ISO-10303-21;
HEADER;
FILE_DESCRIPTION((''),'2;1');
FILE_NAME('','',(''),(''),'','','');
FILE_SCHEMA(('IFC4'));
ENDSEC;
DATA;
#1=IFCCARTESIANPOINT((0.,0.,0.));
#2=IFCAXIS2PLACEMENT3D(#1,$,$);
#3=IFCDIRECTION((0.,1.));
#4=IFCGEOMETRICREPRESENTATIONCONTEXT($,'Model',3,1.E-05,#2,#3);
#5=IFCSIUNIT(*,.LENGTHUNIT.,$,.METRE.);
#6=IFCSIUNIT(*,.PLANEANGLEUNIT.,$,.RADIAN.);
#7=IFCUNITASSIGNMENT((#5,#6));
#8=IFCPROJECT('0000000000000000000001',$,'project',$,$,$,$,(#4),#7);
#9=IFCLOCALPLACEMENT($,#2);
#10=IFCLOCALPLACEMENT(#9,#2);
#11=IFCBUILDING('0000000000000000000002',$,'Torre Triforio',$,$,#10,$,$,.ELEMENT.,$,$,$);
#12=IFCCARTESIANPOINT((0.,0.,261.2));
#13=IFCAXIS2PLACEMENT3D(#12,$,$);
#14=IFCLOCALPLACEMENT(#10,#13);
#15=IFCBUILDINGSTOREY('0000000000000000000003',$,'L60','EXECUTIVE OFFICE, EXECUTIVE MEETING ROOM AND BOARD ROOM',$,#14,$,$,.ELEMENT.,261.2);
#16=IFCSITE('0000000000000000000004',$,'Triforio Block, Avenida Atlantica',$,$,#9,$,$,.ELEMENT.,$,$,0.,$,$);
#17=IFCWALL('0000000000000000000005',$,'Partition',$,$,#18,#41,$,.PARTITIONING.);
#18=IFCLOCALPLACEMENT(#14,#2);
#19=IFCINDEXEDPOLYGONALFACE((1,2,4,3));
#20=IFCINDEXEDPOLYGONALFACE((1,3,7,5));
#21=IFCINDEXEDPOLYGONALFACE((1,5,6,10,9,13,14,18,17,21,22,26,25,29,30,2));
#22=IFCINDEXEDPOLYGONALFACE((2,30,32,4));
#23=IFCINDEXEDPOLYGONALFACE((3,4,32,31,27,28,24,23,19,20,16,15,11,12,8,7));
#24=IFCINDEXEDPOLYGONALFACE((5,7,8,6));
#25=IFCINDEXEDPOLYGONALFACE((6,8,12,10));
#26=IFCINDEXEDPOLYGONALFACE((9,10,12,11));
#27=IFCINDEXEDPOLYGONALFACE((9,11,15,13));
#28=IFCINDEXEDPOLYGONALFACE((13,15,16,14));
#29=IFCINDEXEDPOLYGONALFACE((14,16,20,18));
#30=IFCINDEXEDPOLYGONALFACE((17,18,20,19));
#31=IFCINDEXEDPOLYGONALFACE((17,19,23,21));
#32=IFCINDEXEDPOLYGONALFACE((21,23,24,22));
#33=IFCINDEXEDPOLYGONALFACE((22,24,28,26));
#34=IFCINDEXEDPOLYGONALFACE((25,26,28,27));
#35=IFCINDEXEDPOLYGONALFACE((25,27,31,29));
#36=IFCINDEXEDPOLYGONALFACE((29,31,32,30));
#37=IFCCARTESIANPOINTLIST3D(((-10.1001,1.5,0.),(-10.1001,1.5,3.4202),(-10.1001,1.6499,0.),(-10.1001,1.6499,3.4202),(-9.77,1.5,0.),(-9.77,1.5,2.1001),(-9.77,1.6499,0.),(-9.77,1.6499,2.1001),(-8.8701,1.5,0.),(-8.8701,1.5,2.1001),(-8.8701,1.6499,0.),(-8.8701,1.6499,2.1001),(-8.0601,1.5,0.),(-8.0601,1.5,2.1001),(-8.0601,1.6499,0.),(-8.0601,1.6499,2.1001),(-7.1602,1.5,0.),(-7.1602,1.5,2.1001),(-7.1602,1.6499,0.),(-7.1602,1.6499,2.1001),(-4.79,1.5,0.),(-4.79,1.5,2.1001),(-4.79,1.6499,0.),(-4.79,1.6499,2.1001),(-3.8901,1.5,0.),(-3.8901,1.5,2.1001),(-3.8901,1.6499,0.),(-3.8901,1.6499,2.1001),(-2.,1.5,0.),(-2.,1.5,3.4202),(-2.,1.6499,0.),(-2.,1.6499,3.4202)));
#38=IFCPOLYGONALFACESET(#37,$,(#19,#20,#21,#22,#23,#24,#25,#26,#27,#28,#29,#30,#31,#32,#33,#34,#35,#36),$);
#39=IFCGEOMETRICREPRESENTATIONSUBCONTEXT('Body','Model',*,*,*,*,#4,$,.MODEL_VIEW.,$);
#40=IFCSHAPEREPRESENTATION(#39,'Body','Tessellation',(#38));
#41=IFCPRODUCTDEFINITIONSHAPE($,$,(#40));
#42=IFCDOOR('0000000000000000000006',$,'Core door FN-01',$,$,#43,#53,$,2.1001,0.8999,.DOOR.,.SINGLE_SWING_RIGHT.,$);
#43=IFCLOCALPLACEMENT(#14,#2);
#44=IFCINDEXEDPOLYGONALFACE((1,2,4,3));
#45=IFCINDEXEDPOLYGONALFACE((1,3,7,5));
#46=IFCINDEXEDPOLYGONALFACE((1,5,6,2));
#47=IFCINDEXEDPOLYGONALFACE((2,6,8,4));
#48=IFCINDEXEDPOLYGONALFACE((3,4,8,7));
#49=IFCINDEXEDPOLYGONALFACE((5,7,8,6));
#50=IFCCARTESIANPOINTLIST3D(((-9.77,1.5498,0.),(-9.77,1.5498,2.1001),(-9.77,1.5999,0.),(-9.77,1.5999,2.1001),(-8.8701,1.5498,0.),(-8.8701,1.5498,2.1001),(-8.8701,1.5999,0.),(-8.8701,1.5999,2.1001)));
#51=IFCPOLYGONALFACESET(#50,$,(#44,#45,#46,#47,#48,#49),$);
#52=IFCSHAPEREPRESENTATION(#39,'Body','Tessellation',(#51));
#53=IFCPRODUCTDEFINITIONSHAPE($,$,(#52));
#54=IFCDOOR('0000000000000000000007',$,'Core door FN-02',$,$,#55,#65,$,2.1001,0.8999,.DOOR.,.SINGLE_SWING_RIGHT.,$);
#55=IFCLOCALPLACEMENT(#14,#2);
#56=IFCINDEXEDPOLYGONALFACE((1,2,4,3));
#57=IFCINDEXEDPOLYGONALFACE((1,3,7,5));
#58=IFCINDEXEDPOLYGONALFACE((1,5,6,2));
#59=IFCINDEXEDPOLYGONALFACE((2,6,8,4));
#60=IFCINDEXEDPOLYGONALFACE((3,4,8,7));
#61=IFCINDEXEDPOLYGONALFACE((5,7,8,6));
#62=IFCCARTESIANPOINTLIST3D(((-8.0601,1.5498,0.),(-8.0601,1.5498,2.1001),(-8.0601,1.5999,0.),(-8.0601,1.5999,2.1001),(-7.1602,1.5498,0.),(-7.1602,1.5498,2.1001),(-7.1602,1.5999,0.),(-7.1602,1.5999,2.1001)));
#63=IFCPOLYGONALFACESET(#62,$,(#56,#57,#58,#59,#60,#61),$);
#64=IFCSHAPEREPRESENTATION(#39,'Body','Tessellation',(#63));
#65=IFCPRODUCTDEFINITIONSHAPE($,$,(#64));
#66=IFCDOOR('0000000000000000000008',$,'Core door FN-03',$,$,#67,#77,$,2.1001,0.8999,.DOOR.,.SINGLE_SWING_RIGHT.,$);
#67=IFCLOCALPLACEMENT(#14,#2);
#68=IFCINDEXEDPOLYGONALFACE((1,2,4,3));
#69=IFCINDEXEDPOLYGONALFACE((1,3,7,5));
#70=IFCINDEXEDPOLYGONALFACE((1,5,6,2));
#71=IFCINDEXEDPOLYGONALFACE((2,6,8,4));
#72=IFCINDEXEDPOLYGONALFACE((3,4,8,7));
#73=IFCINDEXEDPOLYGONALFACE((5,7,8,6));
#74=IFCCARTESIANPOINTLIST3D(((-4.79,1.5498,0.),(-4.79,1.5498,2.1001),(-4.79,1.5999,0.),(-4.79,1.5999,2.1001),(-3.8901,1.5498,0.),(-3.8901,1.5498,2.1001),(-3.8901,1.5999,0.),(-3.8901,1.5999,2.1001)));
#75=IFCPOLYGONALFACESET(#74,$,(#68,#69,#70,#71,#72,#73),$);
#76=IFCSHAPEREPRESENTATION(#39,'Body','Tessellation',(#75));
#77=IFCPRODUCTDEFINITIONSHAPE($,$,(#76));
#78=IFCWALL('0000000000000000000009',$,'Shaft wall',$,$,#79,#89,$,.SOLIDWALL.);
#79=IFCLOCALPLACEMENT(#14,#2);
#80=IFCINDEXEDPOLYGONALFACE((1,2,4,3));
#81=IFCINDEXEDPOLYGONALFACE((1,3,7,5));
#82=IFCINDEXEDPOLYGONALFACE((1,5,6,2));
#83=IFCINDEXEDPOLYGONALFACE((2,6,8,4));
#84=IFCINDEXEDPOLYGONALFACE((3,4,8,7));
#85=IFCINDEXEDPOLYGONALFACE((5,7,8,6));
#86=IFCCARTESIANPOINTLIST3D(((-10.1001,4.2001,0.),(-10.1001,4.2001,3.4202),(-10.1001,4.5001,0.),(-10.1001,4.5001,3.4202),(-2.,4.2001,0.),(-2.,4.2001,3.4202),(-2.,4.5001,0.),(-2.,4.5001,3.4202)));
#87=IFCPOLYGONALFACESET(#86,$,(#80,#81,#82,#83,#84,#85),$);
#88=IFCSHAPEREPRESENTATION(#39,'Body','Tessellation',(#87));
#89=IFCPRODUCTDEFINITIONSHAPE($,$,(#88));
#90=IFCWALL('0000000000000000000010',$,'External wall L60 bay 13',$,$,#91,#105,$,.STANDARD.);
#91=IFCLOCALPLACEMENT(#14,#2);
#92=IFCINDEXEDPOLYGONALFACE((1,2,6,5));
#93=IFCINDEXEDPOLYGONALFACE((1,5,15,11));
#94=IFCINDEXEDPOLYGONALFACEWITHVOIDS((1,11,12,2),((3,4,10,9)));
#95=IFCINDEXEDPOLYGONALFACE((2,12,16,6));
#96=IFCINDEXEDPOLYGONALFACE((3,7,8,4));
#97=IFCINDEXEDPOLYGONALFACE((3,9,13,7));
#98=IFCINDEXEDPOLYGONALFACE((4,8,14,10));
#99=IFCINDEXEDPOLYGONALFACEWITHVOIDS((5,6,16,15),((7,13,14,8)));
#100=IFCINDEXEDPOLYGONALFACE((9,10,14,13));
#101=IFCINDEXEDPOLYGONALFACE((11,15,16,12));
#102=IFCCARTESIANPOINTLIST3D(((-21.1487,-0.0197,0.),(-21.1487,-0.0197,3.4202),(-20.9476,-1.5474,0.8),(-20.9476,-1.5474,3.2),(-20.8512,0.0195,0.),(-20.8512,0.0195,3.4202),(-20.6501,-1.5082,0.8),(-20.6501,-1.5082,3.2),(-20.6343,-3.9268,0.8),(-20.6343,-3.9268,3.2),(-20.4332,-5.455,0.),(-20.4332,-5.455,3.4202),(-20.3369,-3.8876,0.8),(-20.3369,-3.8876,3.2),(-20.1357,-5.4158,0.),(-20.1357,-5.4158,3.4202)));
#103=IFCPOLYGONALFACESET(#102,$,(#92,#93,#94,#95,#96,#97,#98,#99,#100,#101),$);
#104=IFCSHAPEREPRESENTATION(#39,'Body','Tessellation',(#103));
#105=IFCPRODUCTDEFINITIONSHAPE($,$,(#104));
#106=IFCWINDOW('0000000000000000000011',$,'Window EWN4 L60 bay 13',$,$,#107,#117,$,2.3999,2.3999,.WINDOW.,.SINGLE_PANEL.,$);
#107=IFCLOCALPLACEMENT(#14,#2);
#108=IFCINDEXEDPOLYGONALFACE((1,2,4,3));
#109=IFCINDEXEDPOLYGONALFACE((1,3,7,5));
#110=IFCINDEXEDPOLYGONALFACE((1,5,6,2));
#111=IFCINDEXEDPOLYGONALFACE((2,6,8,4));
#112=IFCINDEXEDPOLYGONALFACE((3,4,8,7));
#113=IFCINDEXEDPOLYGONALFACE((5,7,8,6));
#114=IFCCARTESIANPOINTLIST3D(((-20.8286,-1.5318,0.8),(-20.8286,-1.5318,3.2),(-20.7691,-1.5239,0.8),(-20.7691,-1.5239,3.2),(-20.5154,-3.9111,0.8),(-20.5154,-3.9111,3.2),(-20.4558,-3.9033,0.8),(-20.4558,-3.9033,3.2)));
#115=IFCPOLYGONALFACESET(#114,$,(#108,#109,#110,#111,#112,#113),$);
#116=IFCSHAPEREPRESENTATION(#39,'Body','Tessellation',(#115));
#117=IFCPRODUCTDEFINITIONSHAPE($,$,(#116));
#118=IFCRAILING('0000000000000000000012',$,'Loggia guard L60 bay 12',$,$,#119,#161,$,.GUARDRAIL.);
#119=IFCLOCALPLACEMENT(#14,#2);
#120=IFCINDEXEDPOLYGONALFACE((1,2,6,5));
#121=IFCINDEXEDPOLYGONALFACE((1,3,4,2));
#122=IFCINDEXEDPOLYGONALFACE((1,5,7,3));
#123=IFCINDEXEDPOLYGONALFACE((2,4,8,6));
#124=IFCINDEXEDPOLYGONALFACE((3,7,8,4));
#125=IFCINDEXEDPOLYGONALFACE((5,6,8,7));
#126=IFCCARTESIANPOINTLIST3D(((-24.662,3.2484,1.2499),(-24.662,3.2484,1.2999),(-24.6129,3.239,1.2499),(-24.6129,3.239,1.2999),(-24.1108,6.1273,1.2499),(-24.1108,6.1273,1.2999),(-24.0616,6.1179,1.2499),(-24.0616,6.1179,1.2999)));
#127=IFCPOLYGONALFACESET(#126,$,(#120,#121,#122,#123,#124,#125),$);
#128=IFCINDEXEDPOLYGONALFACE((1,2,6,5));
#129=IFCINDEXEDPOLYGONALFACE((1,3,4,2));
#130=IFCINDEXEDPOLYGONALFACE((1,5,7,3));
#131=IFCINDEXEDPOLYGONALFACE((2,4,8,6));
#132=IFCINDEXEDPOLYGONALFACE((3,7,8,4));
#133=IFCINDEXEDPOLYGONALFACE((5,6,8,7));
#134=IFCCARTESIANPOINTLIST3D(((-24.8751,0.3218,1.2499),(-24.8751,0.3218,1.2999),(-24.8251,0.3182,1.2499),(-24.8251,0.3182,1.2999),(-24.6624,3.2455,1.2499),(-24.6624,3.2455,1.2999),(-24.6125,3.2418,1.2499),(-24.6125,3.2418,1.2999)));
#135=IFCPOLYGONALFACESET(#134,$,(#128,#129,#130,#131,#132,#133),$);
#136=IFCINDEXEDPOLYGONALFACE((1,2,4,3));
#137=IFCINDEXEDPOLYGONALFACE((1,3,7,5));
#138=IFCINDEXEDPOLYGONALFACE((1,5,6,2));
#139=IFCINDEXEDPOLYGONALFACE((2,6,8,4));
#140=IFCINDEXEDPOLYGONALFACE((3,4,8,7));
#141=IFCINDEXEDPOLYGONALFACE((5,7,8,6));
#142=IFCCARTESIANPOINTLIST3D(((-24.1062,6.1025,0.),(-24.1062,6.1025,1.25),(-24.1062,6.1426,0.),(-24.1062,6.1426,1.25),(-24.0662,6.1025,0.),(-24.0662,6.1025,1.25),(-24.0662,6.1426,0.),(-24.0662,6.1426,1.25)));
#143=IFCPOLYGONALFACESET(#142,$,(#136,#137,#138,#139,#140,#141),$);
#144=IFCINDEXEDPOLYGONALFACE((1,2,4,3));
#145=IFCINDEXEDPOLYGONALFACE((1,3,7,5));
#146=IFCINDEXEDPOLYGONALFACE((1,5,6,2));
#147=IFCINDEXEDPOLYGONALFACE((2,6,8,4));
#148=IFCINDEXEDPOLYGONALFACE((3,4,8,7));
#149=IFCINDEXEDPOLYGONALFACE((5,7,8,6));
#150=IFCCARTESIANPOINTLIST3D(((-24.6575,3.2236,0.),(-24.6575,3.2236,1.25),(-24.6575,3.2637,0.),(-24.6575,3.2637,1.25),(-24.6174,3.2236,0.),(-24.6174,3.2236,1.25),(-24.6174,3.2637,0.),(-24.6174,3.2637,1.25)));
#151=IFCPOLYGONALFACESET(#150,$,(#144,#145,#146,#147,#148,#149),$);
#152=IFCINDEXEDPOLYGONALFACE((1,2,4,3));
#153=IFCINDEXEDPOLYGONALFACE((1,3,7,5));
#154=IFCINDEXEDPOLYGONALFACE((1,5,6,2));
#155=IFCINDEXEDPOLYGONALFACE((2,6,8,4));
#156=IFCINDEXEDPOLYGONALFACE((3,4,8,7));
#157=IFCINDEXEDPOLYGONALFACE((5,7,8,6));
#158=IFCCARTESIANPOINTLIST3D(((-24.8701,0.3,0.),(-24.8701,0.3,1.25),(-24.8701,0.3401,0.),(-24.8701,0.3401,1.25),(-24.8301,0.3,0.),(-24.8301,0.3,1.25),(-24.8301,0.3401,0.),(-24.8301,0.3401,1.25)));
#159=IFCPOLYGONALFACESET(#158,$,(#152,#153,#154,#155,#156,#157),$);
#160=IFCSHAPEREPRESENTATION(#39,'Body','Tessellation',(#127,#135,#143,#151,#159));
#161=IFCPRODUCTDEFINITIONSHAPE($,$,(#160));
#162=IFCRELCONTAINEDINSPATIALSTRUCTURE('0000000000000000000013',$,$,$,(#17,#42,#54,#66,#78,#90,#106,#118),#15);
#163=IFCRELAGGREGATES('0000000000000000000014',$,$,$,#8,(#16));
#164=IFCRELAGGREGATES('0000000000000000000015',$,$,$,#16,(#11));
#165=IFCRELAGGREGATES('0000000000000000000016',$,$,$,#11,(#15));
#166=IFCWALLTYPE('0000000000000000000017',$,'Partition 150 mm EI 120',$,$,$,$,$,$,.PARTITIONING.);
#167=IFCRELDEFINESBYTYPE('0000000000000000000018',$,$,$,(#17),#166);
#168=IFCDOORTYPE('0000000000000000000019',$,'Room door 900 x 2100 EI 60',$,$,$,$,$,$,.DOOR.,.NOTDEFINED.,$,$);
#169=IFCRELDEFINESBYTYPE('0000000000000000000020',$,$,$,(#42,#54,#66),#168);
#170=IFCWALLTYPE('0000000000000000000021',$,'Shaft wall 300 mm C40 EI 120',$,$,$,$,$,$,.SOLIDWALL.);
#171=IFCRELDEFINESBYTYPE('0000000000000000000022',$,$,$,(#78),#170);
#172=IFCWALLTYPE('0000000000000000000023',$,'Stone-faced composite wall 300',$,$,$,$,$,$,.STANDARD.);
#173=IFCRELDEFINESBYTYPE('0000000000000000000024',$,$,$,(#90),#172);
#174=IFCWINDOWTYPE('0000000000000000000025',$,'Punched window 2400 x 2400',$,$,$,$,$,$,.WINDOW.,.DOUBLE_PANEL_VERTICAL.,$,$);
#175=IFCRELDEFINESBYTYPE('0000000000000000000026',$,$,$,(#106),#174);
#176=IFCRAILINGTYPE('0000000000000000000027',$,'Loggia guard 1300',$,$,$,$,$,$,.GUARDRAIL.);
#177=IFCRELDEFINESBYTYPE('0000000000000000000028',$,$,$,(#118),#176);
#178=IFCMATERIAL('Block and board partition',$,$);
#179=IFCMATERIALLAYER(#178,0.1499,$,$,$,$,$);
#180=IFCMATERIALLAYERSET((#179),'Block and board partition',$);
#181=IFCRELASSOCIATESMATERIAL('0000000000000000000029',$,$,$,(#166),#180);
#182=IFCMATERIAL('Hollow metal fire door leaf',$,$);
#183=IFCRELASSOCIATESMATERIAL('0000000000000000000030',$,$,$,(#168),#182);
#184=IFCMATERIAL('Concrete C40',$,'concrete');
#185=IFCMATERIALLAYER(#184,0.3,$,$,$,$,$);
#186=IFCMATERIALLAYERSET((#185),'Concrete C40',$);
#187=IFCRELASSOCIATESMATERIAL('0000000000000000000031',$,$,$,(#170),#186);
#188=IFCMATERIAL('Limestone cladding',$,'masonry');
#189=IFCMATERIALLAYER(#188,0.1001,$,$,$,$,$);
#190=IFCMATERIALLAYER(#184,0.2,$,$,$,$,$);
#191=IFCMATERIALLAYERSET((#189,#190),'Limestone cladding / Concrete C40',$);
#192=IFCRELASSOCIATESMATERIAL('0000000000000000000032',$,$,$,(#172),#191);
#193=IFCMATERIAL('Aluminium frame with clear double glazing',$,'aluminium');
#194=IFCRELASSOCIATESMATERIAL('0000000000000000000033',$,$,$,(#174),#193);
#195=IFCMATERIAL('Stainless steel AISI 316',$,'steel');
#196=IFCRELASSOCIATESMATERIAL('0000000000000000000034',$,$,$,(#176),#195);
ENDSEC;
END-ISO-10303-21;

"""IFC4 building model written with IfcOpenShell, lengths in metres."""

from ifc_helpers import new_model, si_unit, direction, frame, frame_2d, origin, origin_2d, place, context, subcontext, project, spatial, rectangle, extrude, material, layer, layer_set, type_object, element, fill, save


model = new_model("IFC4")

# Units and contexts
model_context = context("Model", 3, precision=1e-05, world=origin(), true_north=direction((0.0, 1.0)))
body_context = subcontext(model_context, "Body", "Model", "MODEL_VIEW")
ifc_project = project(units=[si_unit("LENGTHUNIT", "METRE"), si_unit("PLANEANGLEUNIT", "RADIAN")], contexts=[model_context])

# Site, building, storey
site_placement = place(None, origin())
site = spatial("IfcSite", under=ifc_project, at=site_placement, Name="Triforio Block, Avenida Atlantica", CompositionType="ELEMENT", RefElevation=0.0)
building_placement = place(site_placement, origin())
building = spatial("IfcBuilding", under=site, at=building_placement, Name="Torre Triforio", CompositionType="ELEMENT")
storey_placement = place(building_placement, frame((0.0, 0.0, 261.2)))
storey = spatial("IfcBuildingStorey", under=building, at=storey_placement, Name="L60", Description="EXECUTIVE OFFICE, EXECUTIVE MEETING ROOM AND BOARD ROOM", CompositionType="ELEMENT", Elevation=261.2)

# Shared definitions
ifc_material_1 = material(Name="Concrete C40", Category="concrete")

# Shared definitions
ifc_material_2 = material(Name="Hollow metal fire door leaf")

# Wall, openings, doors
ifc_material_3 = material(Name="Block and board partition")
ifc_layer_1 = layer(ifc_material_3, 0.1499)
ifc_layer_set_1 = layer_set([ifc_layer_1], Name="Block and board partition")
wall_type_1 = type_object("IfcWallType", Name="Partition 150 mm EI 120", PredefinedType="PARTITIONING", material=ifc_layer_set_1)
wall_1_placement = place(storey_placement, frame((-10.1001, 1.575, 0.0), z_axis=(0.0, 0.0, 1.0), x_axis=(1.0, 0.0, 0.0)))
wall_1 = element("IfcWall", 1, at=wall_1_placement, inside=storey, type_object=wall_type_1, Name="Partition", PredefinedType="PARTITIONING", context=body_context, shape_type="SweptSolid", body=[
    extrude(rectangle(XDim=8.1001, YDim=0.1499, at=frame_2d((4.05, 0.0))), origin(), (0.0, 0.0, 1.0), 3.4202),
])
opening_1_placement = place(wall_1_placement, frame((0.3301, 0.0, 0.0)))
opening_1 = element("IfcOpeningElement", 2, at=opening_1_placement, cuts=wall_1, PredefinedType="OPENING", context=body_context, shape_type="SweptSolid", body=[
    extrude(rectangle(XDim=0.8999, YDim=2.1001, at=frame_2d((0.45, 1.05))), frame((0.0, 0.085, 0.0), z_axis=(0.0, -1.0, 0.0), x_axis=(1.0, 0.0, 0.0)), (0.0, 0.0, 1.0), 0.1699),
])
opening_2_placement = place(wall_1_placement, frame((2.04, 0.0, 0.0)))
opening_2 = element("IfcOpeningElement", 3, at=opening_2_placement, cuts=wall_1, PredefinedType="OPENING", context=body_context, shape_type="SweptSolid", body=[
    extrude(rectangle(XDim=0.8999, YDim=2.1001, at=frame_2d((0.45, 1.05))), frame((0.0, 0.085, 0.0), z_axis=(0.0, -1.0, 0.0), x_axis=(1.0, 0.0, 0.0)), (0.0, 0.0, 1.0), 0.1699),
])
opening_3_placement = place(wall_1_placement, frame((5.3101, 0.0, 0.0)))
opening_3 = element("IfcOpeningElement", 4, at=opening_3_placement, cuts=wall_1, PredefinedType="OPENING", context=body_context, shape_type="SweptSolid", body=[
    extrude(rectangle(XDim=0.8999, YDim=2.1001, at=frame_2d((0.45, 1.05))), frame((0.0, 0.085, 0.0), z_axis=(0.0, -1.0, 0.0), x_axis=(1.0, 0.0, 0.0)), (0.0, 0.0, 1.0), 0.1699),
])
door_type_1 = type_object("IfcDoorType", Name="Room door 900 x 2100 EI 60", OperationType="NOTDEFINED", PredefinedType="DOOR", material=ifc_material_2)
door_1_placement = place(opening_1_placement, origin())
door_1 = element("IfcDoor", 5, at=door_1_placement, inside=storey, type_object=door_type_1, Name="Core door FN-01", OperationType="SINGLE_SWING_RIGHT", OverallHeight=2.1001, OverallWidth=0.8999, PredefinedType="DOOR", context=body_context, shape_type="SweptSolid", body=[
    extrude(rectangle(XDim=0.8999, YDim=2.1001, at=frame_2d((0.45, 1.05))), frame((0.0, 0.0249, 0.0), z_axis=(0.0, -1.0, 0.0), x_axis=(1.0, 0.0, 0.0)), (0.0, 0.0, 1.0), 0.05),
])
fill(opening_1, door_1)
door_2_placement = place(opening_2_placement, origin())
door_2 = element("IfcDoor", 6, at=door_2_placement, inside=storey, type_object=door_type_1, Name="Core door FN-02", OperationType="SINGLE_SWING_RIGHT", OverallHeight=2.1001, OverallWidth=0.8999, PredefinedType="DOOR", context=body_context, shape_type="SweptSolid", body=[
    extrude(rectangle(XDim=0.8999, YDim=2.1001, at=frame_2d((0.45, 1.05))), frame((0.0, 0.0249, 0.0), z_axis=(0.0, -1.0, 0.0), x_axis=(1.0, 0.0, 0.0)), (0.0, 0.0, 1.0), 0.05),
])
fill(opening_2, door_2)
door_3_placement = place(opening_3_placement, origin())
door_3 = element("IfcDoor", 7, at=door_3_placement, inside=storey, type_object=door_type_1, Name="Core door FN-03", OperationType="SINGLE_SWING_RIGHT", OverallHeight=2.1001, OverallWidth=0.8999, PredefinedType="DOOR", context=body_context, shape_type="SweptSolid", body=[
    extrude(rectangle(XDim=0.8999, YDim=2.1001, at=frame_2d((0.45, 1.05))), frame((0.0, 0.0249, 0.0), z_axis=(0.0, -1.0, 0.0), x_axis=(1.0, 0.0, 0.0)), (0.0, 0.0, 1.0), 0.05),
])
fill(opening_3, door_3)

# Wall
ifc_layer_2 = layer(ifc_material_1, 0.3)
ifc_layer_set_2 = layer_set([ifc_layer_2], Name="Concrete C40")
wall_type_2 = type_object("IfcWallType", Name="Shaft wall 300 mm C40 EI 120", PredefinedType="SOLIDWALL", material=ifc_layer_set_2)
wall_2_placement = place(storey_placement, frame((-10.1001, 4.3501, 0.0), z_axis=(0.0, 0.0, 1.0), x_axis=(1.0, 0.0, 0.0)))
element("IfcWall", 8, at=wall_2_placement, inside=storey, type_object=wall_type_2, Name="Shaft wall", PredefinedType="SOLIDWALL", context=body_context, shape_type="SweptSolid", body=[
    extrude(rectangle(XDim=8.1001, YDim=0.3, at=frame_2d((4.05, 0.0))), origin(), (0.0, 0.0, 1.0), 3.4202),
])

# Shared definitions
ifc_material_4 = material(Name="Limestone cladding", Category="masonry")
ifc_layer_3 = layer(ifc_material_4, 0.1001)
ifc_layer_4 = layer(ifc_material_1, 0.2)
ifc_layer_set_3 = layer_set([ifc_layer_3, ifc_layer_4], Name="Limestone cladding / Concrete C40")
wall_type_3 = type_object("IfcWallType", Name="Stone-faced composite wall 300", PredefinedType="STANDARD", material=ifc_layer_set_3)
ifc_material_5 = material(Name="Aluminium frame with clear double glazing", Category="aluminium")

# Wall, opening, window
wall_3_placement = place(storey_placement, frame((-21.0, 0.0, 0.0), z_axis=(0.0, 0.0, 1.0), x_axis=(0.130527, -0.991445, 0.0)))
wall_3 = element("IfcWall", 9, at=wall_3_placement, inside=storey, type_object=wall_type_3, Name="External wall L60 bay 13", PredefinedType="STANDARD", context=body_context, shape_type="SweptSolid", body=[
    extrude(rectangle(XDim=5.4822, YDim=0.3, at=frame_2d((2.7412, 0.0))), origin(), (0.0, 0.0, 1.0), 3.4202),
])
opening_4_placement = place(wall_3_placement, frame((1.541, 0.0, 0.8)))
opening_4 = element("IfcOpeningElement", 10, at=opening_4_placement, cuts=wall_3, PredefinedType="OPENING", context=body_context, shape_type="SweptSolid", body=[
    extrude(rectangle(XDim=2.3999, YDim=2.3999, at=frame_2d((1.2, 1.2))), frame((0.0, 0.1599, 0.0), z_axis=(0.0, -1.0, 0.0), x_axis=(1.0, 0.0, 0.0)), (0.0, 0.0, 1.0), 0.3201),
])
window_type_1 = type_object("IfcWindowType", Name="Punched window 2400 x 2400", PartitioningType="DOUBLE_PANEL_VERTICAL", PredefinedType="WINDOW", material=ifc_material_5)
window_1_placement = place(opening_4_placement, origin())
window_1 = element("IfcWindow", 11, at=window_1_placement, inside=storey, type_object=window_type_1, Name="Window EWN4 L60 bay 13", OverallHeight=2.3999, OverallWidth=2.3999, PartitioningType="SINGLE_PANEL", PredefinedType="WINDOW", context=body_context, shape_type="SweptSolid", body=[
    extrude(rectangle(XDim=2.3999, YDim=2.3999, at=frame_2d((1.2, 1.2))), frame((0.0, 0.03, 0.0), z_axis=(0.0, -1.0, 0.0), x_axis=(1.0, 0.0, 0.0)), (0.0, 0.0, 1.0), 0.0601),
])
fill(opening_4, window_1)

# Railing
ifc_material_6 = material(Name="Stainless steel AISI 316", Category="steel")
railing_type = type_object("IfcRailingType", Name="Loggia guard 1300", PredefinedType="GUARDRAIL", material=ifc_material_6)
railing_placement = place(storey_placement, frame((-24.0862, 6.1226, 0.0)))
element("IfcRailing", 12, at=railing_placement, inside=storey, type_object=railing_type, Name="Loggia guard L60 bay 12", PredefinedType="GUARDRAIL", context=body_context, shape_type="SweptSolid", body=[
    extrude(rectangle(XDim=0.05, YDim=0.05, at=origin_2d()), frame((0.0, 0.0, 1.2749), z_axis=(-0.188069, -0.982156, 0.0), x_axis=(0.982156, -0.188069, 0.0)), (0.0, 0.0, 1.0), 2.9312),
    extrude(rectangle(XDim=0.05, YDim=0.05, at=origin_2d()), frame((-0.5513, -2.8789, 1.2749), z_axis=(-0.072543, -0.997365, 0.0), x_axis=(0.997365, -0.072543, 0.0)), (0.0, 0.0, 1.0), 2.9314),
    extrude(rectangle(XDim=0.04, YDim=0.04, at=origin_2d()), origin(), (0.0, 0.0, 1.0), 1.25),
    extrude(rectangle(XDim=0.04, YDim=0.04, at=origin_2d()), frame((-0.5513, -2.8789, 0.0)), (0.0, 0.0, 1.0), 1.25),
    extrude(rectangle(XDim=0.04, YDim=0.04, at=origin_2d()), frame((-0.7639, -5.8025, 0.0)), (0.0, 0.0, 1.0), 1.25),
])

save(model, "model.ifc")
